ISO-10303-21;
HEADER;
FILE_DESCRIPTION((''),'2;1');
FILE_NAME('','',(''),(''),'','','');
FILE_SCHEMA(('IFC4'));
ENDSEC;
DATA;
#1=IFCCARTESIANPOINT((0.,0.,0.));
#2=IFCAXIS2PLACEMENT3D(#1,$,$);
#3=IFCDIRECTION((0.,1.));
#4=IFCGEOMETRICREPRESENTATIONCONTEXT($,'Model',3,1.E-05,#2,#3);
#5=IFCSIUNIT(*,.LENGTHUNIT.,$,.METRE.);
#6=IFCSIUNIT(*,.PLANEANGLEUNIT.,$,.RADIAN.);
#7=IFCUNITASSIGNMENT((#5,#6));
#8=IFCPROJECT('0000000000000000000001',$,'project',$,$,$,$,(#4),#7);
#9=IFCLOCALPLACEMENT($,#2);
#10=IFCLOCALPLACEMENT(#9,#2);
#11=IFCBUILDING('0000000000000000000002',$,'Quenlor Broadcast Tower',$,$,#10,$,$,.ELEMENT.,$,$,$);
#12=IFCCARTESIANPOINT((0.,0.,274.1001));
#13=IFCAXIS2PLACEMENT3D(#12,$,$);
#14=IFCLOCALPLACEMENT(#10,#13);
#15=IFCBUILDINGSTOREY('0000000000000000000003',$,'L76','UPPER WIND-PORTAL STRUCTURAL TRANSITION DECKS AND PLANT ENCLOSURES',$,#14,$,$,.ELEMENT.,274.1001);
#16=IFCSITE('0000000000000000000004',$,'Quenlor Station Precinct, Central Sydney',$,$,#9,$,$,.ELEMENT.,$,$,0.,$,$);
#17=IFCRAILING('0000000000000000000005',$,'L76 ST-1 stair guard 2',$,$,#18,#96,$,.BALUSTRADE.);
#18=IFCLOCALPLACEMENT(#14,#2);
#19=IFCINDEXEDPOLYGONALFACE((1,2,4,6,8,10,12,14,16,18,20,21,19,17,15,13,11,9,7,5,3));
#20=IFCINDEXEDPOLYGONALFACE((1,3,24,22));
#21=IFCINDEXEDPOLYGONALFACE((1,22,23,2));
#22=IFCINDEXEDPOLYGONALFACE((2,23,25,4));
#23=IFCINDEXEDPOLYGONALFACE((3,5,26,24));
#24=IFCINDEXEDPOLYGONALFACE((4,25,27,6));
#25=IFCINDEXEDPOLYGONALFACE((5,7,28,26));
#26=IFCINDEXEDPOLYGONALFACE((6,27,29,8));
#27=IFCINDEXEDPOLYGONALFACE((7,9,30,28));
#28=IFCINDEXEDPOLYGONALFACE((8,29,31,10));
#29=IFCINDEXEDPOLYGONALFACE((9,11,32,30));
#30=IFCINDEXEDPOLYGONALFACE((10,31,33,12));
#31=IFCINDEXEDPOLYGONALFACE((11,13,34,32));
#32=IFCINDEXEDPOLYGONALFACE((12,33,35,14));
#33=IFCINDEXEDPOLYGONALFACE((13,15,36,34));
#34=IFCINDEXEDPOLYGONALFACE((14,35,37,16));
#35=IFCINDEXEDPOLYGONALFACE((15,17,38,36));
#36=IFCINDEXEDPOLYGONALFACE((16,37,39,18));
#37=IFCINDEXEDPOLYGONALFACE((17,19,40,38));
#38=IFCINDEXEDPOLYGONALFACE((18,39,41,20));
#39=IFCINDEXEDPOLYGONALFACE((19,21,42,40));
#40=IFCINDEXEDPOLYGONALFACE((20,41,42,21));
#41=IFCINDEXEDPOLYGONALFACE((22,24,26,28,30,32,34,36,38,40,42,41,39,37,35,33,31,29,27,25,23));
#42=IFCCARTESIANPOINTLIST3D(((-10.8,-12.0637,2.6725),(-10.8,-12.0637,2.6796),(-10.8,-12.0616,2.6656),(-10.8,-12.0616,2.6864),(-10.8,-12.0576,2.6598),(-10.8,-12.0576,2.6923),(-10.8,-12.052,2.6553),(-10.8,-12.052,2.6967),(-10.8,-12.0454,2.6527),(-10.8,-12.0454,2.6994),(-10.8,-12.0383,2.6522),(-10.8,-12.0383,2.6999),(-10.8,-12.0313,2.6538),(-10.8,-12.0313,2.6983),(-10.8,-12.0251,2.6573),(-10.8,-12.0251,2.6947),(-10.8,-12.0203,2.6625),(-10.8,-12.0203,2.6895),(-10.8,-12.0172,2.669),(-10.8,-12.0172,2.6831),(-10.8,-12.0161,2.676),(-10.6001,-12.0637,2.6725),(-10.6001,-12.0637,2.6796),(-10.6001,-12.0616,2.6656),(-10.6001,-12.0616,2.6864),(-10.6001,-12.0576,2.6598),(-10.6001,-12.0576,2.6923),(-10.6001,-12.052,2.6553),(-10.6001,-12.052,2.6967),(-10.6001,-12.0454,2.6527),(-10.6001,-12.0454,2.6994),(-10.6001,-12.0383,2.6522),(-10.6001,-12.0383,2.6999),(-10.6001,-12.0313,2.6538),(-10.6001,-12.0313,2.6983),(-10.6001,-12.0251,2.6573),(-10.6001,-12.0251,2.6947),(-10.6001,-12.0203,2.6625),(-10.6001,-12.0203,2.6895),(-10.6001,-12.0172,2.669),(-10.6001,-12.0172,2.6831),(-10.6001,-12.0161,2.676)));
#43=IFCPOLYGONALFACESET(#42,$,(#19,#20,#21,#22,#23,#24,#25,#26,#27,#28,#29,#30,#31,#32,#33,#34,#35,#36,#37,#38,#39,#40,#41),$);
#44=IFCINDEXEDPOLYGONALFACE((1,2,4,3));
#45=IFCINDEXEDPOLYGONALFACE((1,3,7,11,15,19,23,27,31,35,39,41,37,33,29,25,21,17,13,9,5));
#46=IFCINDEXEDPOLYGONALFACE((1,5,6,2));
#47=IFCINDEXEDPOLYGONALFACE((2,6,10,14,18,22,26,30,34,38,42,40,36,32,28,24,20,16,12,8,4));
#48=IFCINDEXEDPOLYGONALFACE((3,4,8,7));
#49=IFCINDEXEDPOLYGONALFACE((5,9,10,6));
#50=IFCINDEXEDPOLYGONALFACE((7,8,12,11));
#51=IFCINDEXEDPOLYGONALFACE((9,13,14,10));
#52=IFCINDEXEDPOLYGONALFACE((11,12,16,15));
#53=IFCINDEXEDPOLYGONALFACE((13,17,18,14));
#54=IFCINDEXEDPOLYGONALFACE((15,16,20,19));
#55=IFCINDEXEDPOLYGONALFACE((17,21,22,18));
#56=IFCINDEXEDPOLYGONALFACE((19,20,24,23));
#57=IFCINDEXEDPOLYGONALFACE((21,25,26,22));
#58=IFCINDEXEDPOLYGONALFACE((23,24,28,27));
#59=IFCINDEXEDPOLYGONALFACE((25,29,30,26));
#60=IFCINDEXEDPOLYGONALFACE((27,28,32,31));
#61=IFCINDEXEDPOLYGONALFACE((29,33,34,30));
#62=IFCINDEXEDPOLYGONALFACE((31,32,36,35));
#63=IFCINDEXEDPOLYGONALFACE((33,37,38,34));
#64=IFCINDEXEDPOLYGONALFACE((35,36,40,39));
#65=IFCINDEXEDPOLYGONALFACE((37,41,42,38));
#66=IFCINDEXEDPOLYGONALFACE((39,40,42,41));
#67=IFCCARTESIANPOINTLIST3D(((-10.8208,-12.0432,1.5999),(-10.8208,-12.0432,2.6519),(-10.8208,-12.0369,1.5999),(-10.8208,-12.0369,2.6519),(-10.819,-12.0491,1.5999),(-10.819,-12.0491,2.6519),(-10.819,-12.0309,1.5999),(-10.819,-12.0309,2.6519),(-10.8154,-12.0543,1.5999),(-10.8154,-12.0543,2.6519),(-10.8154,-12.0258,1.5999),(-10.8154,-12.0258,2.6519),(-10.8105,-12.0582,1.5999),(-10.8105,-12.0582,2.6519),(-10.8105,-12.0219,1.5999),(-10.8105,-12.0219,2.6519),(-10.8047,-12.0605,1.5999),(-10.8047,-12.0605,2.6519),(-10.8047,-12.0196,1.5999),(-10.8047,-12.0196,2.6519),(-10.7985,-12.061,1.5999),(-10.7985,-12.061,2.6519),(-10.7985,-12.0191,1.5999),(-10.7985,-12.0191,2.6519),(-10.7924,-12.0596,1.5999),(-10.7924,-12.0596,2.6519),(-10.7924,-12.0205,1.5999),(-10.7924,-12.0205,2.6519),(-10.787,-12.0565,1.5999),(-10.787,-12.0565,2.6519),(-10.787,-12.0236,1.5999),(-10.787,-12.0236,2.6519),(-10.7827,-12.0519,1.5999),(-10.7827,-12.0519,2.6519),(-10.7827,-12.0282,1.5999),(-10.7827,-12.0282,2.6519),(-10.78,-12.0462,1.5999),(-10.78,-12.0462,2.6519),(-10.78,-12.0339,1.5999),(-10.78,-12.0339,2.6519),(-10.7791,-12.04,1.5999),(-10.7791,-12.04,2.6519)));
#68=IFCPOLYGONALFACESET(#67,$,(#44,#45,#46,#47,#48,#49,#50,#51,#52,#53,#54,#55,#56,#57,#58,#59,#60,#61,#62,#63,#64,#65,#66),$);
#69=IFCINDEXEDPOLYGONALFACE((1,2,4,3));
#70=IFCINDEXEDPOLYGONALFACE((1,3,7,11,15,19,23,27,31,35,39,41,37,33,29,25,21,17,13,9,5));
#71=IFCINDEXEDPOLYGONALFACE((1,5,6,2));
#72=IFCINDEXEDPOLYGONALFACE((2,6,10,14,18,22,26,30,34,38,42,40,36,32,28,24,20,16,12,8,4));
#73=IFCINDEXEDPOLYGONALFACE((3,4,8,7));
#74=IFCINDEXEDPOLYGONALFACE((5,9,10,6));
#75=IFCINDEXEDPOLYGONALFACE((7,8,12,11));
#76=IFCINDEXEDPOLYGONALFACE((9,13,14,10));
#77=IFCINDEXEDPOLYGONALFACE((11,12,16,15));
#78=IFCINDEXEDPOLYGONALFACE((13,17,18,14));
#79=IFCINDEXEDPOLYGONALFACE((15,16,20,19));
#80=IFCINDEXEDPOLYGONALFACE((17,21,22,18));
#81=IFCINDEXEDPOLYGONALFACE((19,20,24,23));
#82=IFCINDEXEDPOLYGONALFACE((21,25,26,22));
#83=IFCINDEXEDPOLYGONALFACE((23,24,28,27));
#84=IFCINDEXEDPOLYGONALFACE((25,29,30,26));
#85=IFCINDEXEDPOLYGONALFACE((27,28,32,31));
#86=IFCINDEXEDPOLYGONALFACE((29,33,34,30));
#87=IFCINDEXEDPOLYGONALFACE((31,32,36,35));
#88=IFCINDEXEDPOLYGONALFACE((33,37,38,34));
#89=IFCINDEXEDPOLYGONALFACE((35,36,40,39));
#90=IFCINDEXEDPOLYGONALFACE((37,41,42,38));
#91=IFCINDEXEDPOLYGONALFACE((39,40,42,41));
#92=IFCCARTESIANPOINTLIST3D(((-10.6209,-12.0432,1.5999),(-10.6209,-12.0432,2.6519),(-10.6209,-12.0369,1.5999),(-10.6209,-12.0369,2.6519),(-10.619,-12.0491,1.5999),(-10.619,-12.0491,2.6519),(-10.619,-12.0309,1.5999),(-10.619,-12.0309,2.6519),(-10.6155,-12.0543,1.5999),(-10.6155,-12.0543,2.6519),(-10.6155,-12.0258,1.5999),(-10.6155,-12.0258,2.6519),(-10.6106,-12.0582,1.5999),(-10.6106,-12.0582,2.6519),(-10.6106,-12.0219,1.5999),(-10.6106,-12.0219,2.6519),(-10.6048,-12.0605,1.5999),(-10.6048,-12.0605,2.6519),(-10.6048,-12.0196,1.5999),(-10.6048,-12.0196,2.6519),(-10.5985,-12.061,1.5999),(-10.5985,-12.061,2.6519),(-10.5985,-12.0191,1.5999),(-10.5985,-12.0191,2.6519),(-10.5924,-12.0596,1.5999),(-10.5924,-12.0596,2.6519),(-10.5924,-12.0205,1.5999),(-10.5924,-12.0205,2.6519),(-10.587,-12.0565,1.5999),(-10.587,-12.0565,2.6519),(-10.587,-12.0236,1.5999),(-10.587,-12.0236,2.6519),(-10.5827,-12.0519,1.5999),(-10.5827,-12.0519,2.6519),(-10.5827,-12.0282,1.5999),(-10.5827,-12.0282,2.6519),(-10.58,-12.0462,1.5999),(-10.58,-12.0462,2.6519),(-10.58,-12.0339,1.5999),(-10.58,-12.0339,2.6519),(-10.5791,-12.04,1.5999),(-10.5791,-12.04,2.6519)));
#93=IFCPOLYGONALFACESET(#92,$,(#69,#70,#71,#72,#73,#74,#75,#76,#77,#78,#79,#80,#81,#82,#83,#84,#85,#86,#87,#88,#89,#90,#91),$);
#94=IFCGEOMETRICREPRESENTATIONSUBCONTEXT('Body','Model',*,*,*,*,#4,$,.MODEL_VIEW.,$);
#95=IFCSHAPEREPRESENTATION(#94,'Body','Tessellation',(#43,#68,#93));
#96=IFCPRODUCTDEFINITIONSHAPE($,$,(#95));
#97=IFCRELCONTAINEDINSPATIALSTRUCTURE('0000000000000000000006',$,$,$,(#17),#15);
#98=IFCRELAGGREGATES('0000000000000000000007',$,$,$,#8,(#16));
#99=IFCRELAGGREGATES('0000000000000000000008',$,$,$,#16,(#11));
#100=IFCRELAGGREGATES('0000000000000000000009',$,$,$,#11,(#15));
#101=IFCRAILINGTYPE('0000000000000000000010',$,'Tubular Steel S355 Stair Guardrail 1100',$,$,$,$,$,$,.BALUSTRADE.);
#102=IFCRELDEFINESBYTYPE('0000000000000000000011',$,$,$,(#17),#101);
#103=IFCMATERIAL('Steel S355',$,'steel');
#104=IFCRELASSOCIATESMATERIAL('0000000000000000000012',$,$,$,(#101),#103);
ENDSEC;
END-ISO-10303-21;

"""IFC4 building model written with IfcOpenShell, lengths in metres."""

from ifc_helpers import new_model, si_unit, direction, frame, origin, origin_2d, place, context, subcontext, project, spatial, circle, extrude, material, type_object, element, save


model = new_model("IFC4")

# Units and contexts
model_context = context("Model", 3, precision=1e-05, world=origin(), true_north=direction((0.0, 1.0)))
body_context = subcontext(model_context, "Body", "Model", "MODEL_VIEW")
ifc_project = project(units=[si_unit("LENGTHUNIT", "METRE"), si_unit("PLANEANGLEUNIT", "RADIAN")], contexts=[model_context])

# Site, building, storey
site_placement = place(None, origin())
site = spatial("IfcSite", under=ifc_project, at=site_placement, Name="Quenlor Station Precinct, Central Sydney", CompositionType="ELEMENT", RefElevation=0.0)
building_placement = place(site_placement, origin())
building = spatial("IfcBuilding", under=site, at=building_placement, Name="Quenlor Broadcast Tower", CompositionType="ELEMENT")
storey_placement = place(building_placement, frame((0.0, 0.0, 274.1001)))
storey = spatial("IfcBuildingStorey", under=building, at=storey_placement, Name="L76", Description="UPPER WIND-PORTAL STRUCTURAL TRANSITION DECKS AND PLANT ENCLOSURES", CompositionType="ELEMENT", Elevation=274.1001)

# Railing
ifc_material_1 = material(Name="Steel S355", Category="steel")
railing_type_1 = type_object("IfcRailingType", Name="Tubular Steel S355 Stair Guardrail 1100", PredefinedType="BALUSTRADE", material=ifc_material_1)
railing_1_placement = place(storey_placement, frame((-10.8, -12.04, 1.5999)))
element("IfcRailing", 1, at=railing_1_placement, inside=storey, type_object=railing_type_1, Name="L76 ST-1 stair guard 2", PredefinedType="BALUSTRADE", context=body_context, shape_type="SweptSolid", body=[
    extrude(circle(Radius=0.0239, at=origin_2d()), frame((0.0, 0.0, 1.0762), z_axis=(1.0, 0.0, 0.0), x_axis=(0.0, 1.0, 0.0)), (0.0, 0.0, 1.0), 0.2),
    extrude(circle(Radius=0.021, at=origin_2d()), origin(), (0.0, 0.0, 1.0), 1.052),
    extrude(circle(Radius=0.021, at=origin_2d()), frame((0.2, 0.0, 0.0)), (0.0, 0.0, 1.0), 1.052),
])

save(model, "model.ifc")
